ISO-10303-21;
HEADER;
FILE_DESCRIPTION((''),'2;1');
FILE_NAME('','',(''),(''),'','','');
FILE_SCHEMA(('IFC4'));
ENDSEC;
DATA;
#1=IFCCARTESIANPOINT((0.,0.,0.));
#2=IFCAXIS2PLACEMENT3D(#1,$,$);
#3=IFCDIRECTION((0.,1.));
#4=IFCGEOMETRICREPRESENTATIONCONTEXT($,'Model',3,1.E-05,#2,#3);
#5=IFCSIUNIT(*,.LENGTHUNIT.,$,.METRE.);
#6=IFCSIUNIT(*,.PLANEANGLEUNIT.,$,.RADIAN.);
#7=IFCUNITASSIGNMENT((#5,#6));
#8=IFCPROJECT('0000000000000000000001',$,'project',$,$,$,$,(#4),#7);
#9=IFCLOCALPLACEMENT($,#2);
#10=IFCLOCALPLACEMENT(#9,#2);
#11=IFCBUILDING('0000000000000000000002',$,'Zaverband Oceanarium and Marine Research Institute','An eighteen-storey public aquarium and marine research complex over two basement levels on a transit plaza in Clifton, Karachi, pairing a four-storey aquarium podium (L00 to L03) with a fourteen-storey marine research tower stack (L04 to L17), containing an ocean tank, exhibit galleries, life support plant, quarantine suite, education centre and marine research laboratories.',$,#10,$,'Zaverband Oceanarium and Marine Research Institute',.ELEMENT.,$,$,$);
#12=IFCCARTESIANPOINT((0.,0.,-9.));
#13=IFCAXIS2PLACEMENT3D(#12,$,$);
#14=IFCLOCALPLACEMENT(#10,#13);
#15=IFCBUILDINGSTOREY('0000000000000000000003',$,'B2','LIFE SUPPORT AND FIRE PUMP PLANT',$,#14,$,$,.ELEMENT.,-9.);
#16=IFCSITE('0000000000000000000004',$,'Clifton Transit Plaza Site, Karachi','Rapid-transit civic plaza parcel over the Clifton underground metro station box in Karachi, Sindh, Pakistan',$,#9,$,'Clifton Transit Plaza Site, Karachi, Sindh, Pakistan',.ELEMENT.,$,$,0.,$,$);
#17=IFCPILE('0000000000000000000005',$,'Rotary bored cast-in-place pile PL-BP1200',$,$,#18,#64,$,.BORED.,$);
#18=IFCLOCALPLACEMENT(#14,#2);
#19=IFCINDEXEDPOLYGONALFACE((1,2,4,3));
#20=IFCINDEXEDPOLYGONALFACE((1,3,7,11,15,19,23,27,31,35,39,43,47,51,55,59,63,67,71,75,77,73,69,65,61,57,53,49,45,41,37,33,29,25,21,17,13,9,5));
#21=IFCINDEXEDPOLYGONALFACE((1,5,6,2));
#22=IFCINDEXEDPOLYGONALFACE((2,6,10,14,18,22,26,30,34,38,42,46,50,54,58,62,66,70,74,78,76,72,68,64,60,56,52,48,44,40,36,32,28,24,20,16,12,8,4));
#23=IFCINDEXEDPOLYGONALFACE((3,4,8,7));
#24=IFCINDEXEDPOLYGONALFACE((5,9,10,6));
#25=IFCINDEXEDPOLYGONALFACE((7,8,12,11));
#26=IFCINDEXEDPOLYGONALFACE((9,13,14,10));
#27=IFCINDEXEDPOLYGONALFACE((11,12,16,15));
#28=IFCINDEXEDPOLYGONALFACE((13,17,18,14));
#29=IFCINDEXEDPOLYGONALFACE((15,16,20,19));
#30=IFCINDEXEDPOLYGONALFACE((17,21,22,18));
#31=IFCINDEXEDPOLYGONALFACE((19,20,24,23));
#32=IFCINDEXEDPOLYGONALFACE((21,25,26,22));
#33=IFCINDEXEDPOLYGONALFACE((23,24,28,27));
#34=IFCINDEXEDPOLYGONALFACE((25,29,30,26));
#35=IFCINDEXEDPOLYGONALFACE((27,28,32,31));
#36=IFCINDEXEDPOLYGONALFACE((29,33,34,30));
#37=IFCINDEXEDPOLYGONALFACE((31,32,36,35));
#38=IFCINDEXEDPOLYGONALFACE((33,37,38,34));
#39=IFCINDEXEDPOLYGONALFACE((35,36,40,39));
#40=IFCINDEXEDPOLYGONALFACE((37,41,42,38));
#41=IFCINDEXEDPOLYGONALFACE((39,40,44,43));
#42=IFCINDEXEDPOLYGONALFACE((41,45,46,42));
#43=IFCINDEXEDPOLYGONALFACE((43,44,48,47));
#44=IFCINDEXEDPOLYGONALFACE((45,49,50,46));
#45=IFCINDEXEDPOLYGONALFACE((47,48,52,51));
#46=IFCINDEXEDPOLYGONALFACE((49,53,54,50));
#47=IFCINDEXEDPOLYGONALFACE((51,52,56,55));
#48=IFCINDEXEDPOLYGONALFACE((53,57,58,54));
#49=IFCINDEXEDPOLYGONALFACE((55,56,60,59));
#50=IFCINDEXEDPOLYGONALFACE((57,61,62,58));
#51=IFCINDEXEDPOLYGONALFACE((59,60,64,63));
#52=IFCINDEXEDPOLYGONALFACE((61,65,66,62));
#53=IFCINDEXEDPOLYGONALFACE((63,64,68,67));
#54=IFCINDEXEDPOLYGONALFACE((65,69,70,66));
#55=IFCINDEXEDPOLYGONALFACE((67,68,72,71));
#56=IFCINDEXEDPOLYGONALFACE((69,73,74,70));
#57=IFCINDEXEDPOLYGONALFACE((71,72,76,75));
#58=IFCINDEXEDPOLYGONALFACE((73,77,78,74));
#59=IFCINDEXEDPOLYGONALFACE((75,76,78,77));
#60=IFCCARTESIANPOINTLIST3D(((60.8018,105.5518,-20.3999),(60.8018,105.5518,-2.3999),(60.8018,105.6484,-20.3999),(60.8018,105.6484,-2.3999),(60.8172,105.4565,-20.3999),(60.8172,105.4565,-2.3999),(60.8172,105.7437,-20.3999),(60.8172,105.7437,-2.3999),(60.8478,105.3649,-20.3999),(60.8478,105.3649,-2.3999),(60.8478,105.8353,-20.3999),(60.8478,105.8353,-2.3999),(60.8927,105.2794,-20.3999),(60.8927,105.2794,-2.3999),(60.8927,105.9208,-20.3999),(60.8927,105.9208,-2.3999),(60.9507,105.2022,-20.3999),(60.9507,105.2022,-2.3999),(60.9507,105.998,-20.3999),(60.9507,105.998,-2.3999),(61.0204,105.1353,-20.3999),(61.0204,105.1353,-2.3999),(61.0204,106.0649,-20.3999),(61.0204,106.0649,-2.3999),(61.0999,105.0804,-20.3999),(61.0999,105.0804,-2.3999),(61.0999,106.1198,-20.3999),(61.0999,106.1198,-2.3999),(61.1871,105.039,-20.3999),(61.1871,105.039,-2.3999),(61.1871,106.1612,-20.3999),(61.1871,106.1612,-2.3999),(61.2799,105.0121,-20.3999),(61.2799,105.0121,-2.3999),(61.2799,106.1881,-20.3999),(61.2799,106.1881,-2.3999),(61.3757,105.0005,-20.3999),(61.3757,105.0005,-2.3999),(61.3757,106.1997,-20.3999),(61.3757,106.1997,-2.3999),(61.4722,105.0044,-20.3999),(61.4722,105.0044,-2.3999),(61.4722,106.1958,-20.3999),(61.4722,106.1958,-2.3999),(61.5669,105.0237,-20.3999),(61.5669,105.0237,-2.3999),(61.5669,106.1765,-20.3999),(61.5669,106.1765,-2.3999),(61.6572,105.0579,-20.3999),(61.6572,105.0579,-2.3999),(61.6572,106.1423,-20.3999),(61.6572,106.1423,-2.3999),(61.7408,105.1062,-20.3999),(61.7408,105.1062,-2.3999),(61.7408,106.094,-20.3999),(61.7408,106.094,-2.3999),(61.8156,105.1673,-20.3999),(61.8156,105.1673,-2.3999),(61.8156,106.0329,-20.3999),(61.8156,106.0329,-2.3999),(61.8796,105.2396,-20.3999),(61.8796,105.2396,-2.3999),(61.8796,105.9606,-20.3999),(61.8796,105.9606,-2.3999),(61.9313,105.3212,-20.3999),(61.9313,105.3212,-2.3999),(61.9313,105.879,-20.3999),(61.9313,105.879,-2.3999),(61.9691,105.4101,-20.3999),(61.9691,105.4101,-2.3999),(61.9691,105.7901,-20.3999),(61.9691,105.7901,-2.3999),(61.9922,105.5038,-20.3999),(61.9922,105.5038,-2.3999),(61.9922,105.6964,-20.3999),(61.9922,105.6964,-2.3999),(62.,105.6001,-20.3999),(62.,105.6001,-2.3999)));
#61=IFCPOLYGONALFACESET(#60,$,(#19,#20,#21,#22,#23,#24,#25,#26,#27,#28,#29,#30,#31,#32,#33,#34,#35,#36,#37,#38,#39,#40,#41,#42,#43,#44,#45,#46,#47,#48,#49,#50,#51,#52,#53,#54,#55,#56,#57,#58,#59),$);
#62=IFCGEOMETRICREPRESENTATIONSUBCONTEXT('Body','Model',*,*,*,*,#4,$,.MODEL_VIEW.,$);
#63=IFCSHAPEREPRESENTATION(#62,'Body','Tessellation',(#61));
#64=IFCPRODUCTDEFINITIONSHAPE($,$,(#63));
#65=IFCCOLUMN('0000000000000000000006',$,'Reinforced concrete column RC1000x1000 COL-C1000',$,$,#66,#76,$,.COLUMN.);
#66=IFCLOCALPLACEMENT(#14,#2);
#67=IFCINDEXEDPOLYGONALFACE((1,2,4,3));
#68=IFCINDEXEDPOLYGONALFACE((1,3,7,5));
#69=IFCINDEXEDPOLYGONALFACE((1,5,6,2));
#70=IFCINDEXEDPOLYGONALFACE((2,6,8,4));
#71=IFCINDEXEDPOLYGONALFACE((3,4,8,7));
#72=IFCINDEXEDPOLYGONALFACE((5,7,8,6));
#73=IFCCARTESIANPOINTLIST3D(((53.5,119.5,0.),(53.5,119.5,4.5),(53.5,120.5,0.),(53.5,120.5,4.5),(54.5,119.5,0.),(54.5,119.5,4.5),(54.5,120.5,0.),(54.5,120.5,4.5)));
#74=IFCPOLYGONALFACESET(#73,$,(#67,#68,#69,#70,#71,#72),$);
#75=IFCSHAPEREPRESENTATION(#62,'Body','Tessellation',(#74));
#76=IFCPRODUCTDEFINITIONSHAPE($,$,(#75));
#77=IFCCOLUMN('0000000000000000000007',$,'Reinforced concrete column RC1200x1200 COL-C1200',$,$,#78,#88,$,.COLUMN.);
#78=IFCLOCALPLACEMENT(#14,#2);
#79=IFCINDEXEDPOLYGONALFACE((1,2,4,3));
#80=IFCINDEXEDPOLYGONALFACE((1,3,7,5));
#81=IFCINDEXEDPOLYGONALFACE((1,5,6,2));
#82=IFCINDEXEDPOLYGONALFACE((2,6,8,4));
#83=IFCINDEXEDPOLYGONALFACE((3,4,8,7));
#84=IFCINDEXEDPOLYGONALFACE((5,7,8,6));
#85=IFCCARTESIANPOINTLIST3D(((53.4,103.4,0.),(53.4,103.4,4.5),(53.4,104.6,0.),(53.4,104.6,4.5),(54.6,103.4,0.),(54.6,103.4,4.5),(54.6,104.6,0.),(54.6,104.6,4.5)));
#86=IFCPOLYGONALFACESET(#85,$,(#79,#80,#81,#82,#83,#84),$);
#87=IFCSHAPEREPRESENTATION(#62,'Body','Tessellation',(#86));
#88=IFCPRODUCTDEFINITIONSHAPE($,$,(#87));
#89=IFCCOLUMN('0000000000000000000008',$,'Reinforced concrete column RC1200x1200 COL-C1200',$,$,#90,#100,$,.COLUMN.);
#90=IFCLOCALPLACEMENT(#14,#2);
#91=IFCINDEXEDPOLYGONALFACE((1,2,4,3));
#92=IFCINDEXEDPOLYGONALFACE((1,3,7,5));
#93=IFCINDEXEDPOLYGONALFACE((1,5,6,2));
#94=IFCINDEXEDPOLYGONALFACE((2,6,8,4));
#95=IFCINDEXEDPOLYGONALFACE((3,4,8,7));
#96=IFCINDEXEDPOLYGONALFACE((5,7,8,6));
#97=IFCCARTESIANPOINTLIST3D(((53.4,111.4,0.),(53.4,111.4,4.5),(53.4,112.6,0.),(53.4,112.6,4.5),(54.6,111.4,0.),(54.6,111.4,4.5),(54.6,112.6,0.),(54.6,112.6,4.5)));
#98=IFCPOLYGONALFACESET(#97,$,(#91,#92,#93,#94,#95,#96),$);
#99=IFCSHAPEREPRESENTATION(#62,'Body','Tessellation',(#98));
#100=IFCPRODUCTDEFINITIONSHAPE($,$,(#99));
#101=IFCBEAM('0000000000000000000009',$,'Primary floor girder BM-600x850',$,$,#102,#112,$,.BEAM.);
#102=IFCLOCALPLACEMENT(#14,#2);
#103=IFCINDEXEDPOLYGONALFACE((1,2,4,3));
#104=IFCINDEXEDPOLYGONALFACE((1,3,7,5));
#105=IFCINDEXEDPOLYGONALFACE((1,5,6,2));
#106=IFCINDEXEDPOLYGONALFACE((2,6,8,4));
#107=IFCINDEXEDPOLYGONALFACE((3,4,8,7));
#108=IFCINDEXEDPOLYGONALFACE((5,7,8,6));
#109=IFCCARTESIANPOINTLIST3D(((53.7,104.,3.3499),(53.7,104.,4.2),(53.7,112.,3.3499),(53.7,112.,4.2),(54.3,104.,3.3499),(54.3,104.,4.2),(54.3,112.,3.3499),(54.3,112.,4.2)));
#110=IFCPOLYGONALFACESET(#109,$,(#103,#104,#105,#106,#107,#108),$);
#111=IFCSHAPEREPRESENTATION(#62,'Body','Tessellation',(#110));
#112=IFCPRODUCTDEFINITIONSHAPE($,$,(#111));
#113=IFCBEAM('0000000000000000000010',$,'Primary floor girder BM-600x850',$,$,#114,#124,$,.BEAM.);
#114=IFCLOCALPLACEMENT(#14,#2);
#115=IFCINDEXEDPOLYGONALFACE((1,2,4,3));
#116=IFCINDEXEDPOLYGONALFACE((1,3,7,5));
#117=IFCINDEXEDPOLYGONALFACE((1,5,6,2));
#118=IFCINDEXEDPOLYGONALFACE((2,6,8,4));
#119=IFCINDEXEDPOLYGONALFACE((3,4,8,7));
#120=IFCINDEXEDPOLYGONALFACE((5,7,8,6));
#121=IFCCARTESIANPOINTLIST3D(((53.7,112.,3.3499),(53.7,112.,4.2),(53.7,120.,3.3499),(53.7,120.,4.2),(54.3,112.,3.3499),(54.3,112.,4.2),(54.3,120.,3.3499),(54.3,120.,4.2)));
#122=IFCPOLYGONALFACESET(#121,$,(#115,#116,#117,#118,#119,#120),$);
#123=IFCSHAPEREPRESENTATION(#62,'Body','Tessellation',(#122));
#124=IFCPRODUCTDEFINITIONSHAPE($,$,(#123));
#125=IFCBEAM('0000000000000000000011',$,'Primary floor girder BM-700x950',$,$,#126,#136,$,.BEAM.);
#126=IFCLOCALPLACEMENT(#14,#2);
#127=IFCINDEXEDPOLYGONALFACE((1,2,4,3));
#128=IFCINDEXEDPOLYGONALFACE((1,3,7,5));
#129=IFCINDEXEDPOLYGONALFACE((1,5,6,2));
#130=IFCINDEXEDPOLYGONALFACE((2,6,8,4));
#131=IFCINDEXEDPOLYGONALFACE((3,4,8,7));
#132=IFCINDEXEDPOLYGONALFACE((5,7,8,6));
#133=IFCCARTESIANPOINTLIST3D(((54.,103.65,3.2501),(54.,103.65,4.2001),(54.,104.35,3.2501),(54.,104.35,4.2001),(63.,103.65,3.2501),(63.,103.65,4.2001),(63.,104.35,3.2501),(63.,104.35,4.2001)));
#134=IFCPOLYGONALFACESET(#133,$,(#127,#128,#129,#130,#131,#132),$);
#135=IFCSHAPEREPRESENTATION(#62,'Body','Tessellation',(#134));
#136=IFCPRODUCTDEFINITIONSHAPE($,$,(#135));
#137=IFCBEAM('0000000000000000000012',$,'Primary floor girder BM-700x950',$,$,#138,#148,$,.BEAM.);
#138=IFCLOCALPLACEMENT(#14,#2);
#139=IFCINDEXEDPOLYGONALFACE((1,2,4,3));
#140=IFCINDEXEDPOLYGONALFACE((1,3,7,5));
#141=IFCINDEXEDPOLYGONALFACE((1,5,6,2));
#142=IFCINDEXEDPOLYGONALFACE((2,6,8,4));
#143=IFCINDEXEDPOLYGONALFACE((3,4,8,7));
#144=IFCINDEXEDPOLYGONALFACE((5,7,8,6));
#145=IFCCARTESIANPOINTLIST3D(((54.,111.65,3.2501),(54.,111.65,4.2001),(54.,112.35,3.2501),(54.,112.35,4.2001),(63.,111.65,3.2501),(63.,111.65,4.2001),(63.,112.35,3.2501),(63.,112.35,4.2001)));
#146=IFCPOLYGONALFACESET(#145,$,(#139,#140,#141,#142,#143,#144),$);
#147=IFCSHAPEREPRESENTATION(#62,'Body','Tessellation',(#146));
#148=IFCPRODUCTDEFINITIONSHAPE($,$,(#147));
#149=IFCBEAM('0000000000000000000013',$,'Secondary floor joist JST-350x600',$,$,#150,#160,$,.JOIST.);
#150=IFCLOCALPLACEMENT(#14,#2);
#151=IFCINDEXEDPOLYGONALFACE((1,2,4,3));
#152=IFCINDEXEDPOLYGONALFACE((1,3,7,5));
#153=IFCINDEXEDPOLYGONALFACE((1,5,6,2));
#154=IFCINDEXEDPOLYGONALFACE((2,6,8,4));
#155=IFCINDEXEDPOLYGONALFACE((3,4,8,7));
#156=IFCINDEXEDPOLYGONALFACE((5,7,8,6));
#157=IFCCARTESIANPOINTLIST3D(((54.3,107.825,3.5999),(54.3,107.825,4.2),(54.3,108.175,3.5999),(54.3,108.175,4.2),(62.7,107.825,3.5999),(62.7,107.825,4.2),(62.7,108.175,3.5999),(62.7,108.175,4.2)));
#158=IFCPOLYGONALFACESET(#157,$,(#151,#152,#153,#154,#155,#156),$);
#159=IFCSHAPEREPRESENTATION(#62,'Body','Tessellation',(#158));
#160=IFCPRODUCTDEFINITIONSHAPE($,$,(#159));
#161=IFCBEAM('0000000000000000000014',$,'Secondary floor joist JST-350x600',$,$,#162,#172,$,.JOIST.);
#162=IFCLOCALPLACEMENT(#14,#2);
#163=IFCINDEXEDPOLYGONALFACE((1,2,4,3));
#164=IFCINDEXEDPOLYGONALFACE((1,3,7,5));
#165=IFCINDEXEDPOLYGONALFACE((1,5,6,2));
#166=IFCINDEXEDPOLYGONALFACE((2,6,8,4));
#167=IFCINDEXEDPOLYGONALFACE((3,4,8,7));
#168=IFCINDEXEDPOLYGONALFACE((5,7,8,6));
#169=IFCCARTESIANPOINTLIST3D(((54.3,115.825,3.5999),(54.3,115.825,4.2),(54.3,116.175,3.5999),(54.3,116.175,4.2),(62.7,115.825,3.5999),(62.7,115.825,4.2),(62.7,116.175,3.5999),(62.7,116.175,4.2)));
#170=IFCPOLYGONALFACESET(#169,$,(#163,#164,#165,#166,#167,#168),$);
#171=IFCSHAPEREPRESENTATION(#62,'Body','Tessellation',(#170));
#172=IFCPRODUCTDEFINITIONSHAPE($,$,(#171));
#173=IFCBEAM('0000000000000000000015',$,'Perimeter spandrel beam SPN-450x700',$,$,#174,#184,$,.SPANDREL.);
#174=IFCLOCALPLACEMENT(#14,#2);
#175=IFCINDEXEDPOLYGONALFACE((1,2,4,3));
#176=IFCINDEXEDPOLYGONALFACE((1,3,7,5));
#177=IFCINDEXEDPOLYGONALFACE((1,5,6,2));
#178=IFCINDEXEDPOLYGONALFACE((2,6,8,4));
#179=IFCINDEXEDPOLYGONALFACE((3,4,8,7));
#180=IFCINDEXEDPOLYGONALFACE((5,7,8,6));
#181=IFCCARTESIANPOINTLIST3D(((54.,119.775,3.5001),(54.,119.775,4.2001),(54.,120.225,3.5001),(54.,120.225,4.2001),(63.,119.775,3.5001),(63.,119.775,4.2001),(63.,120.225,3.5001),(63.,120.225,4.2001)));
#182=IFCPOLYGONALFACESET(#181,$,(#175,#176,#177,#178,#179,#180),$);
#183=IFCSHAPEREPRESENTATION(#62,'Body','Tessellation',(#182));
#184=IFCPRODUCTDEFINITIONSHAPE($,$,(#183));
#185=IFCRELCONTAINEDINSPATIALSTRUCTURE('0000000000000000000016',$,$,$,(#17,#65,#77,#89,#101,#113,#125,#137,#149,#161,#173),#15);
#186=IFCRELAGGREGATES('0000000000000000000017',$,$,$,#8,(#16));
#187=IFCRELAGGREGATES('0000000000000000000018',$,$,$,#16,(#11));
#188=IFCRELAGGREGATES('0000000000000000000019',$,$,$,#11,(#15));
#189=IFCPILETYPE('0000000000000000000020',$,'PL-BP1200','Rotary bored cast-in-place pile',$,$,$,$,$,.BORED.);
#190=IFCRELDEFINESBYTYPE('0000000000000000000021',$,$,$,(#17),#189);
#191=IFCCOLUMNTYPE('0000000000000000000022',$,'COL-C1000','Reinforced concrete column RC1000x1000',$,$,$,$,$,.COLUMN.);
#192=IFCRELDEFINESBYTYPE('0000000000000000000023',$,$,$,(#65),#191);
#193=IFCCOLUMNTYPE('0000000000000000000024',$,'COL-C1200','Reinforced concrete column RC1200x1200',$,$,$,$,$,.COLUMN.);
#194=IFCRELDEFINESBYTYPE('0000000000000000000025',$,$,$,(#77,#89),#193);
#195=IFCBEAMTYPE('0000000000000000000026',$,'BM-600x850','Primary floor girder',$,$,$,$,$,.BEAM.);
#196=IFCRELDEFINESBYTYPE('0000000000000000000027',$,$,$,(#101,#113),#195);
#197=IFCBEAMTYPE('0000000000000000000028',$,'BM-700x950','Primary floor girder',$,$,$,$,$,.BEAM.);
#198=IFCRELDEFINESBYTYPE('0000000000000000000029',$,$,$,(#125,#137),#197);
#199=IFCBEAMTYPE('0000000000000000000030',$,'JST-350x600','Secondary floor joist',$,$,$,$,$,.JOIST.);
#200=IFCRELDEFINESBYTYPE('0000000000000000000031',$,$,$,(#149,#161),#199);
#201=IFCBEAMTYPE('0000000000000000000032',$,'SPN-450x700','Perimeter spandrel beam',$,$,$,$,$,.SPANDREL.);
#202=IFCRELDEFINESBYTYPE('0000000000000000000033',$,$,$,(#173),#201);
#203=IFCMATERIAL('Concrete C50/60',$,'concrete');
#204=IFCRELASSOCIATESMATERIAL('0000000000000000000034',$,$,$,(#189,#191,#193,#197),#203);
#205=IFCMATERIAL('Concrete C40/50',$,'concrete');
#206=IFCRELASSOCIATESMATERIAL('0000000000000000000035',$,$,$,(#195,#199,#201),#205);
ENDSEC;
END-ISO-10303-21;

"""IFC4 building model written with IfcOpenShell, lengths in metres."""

from ifc_helpers import new_model, si_unit, direction, frame, origin, origin_2d, place, context, subcontext, project, spatial, rectangle, circle, extrude, material, material_profile, profile_set, type_object, element, save


model = new_model("IFC4")

# Units and contexts
model_context = context("Model", 3, precision=1e-05, world=origin(), true_north=direction((0.0, 1.0)))
body_context = subcontext(model_context, "Body", "Model", "MODEL_VIEW")
ifc_project = project(units=[si_unit("LENGTHUNIT", "METRE"), si_unit("PLANEANGLEUNIT", "RADIAN")], contexts=[model_context])

# Site, building, storey
site_placement = place(None, origin())
site = spatial("IfcSite", under=ifc_project, at=site_placement, Name="Clifton Transit Plaza Site, Karachi", Description="Rapid-transit civic plaza parcel over the Clifton underground metro station box in Karachi, Sindh, Pakistan", LongName="Clifton Transit Plaza Site, Karachi, Sindh, Pakistan", CompositionType="ELEMENT", RefElevation=0.0)
building_placement = place(site_placement, origin())
building = spatial("IfcBuilding", under=site, at=building_placement, Name="Zaverband Oceanarium and Marine Research Institute", Description="An eighteen-storey public aquarium and marine research complex over two basement levels on a transit plaza in Clifton, Karachi, pairing a four-storey aquarium podium (L00 to L03) with a fourteen-storey marine research tower stack (L04 to L17), containing an ocean tank, exhibit galleries, life support plant, quarantine suite, education centre and marine research laboratories.", LongName="Zaverband Oceanarium and Marine Research Institute", CompositionType="ELEMENT")
storey_placement = place(building_placement, frame((0.0, 0.0, -9.0)))
storey = spatial("IfcBuildingStorey", under=building, at=storey_placement, Name="B2", Description="LIFE SUPPORT AND FIRE PUMP PLANT", CompositionType="ELEMENT", Elevation=-9.0)

# Shared definitions
ifc_material_1 = material(Name="Concrete C50/60", Category="concrete")

# Pile
ifc_material_profile_1 = material_profile(ifc_material_1, circle(Radius=0.6001, at=origin_2d()), Name="BP1200")
ifc_profile_set_1 = profile_set([ifc_material_profile_1], Name="Concrete C50/60")
pile_type = type_object("IfcPileType", Name="PL-BP1200", Description="Rotary bored cast-in-place pile", PredefinedType="BORED", material=ifc_profile_set_1)
for number, where, z_axis, x_axis, name in (
    (1, (61.3999, 105.6001, -2.3999), (0.0, 0.0, -1.0), (1.0, 0.0, 0.0), "Rotary bored cast-in-place pile PL-BP1200"),
):
    element("IfcPile", number, at=place(storey_placement, frame(where, z_axis=z_axis, x_axis=x_axis)), inside=storey, type_object=pile_type, Name=name, PredefinedType="BORED", context=body_context, shape_type="SweptSolid", body=[
        extrude(circle(Radius=0.6001, at=origin_2d()), origin(), (0.0, 0.0, 1.0), 18.0),
    ])

# Columns
ifc_material_profile_2 = material_profile(ifc_material_1, rectangle(XDim=1.0, YDim=1.0, at=origin_2d()), Name="RC1000x1000")
ifc_profile_set_2 = profile_set([ifc_material_profile_2], Name="Concrete C50/60")
column_type_1 = type_object("IfcColumnType", Name="COL-C1000", Description="Reinforced concrete column RC1000x1000", PredefinedType="COLUMN", material=ifc_profile_set_2)
column_placement = place(storey_placement, frame((54.0, 120.0, 0.0), z_axis=(0.0, 0.0, 1.0), x_axis=(1.0, 0.0, 0.0)))
element("IfcColumn", 2, at=column_placement, inside=storey, type_object=column_type_1, Name="Reinforced concrete column RC1000x1000 COL-C1000", PredefinedType="COLUMN", context=body_context, shape_type="SweptSolid", body=[
    extrude(rectangle(XDim=1.0, YDim=1.0, at=origin_2d()), origin(), (0.0, 0.0, 1.0), 4.5),
])
ifc_material_profile_3 = material_profile(ifc_material_1, rectangle(XDim=1.2, YDim=1.2, at=origin_2d()), Name="RC1200x1200")
ifc_profile_set_3 = profile_set([ifc_material_profile_3], Name="Concrete C50/60")
column_type_2 = type_object("IfcColumnType", Name="COL-C1200", Description="Reinforced concrete column RC1200x1200", PredefinedType="COLUMN", material=ifc_profile_set_3)
for number, where, z_axis, x_axis, name in (
    (3, (54.0, 104.0, 0.0), (0.0, 0.0, 1.0), (1.0, 0.0, 0.0), "Reinforced concrete column RC1200x1200 COL-C1200"),
    (4, (54.0, 112.0, 0.0), (0.0, 0.0, 1.0), (1.0, 0.0, 0.0), "Reinforced concrete column RC1200x1200 COL-C1200"),
):
    element("IfcColumn", number, at=place(storey_placement, frame(where, z_axis=z_axis, x_axis=x_axis)), inside=storey, type_object=column_type_2, Name=name, PredefinedType="COLUMN", context=body_context, shape_type="SweptSolid", body=[
        extrude(rectangle(XDim=1.2, YDim=1.2, at=origin_2d()), origin(), (0.0, 0.0, 1.0), 4.5),
    ])

# Beams
ifc_material_2 = material(Name="Concrete C40/50", Category="concrete")
ifc_material_profile_4 = material_profile(ifc_material_2, rectangle(XDim=0.6001, YDim=0.8501, at=origin_2d()), Name="RC600x850")
ifc_profile_set_4 = profile_set([ifc_material_profile_4], Name="Concrete C40/50")
beam_type_1 = type_object("IfcBeamType", Name="BM-600x850", Description="Primary floor girder", PredefinedType="BEAM", material=ifc_profile_set_4)
for number, where, z_axis, x_axis, name in (
    (5, (54.0, 104.0, 3.7749), (0.0, 1.0, 0.0), (-1.0, 0.0, 0.0), "Primary floor girder BM-600x850"),
    (6, (54.0, 112.0, 3.7749), (0.0, 1.0, 0.0), (-1.0, 0.0, 0.0), "Primary floor girder BM-600x850"),
):
    element("IfcBeam", number, at=place(storey_placement, frame(where, z_axis=z_axis, x_axis=x_axis)), inside=storey, type_object=beam_type_1, Name=name, PredefinedType="BEAM", context=body_context, shape_type="SweptSolid", body=[
        extrude(rectangle(XDim=0.6001, YDim=0.8501, at=origin_2d()), origin(), (0.0, 0.0, 1.0), 8.0),
    ])
ifc_material_profile_5 = material_profile(ifc_material_1, rectangle(XDim=0.7, YDim=0.95, at=origin_2d()), Name="RC700x950")
ifc_profile_set_5 = profile_set([ifc_material_profile_5], Name="Concrete C50/60")
beam_type_2 = type_object("IfcBeamType", Name="BM-700x950", Description="Primary floor girder", PredefinedType="BEAM", material=ifc_profile_set_5)
for number, where, z_axis, x_axis, name in (
    (7, (54.0, 104.0, 3.7251), (1.0, 0.0, 0.0), (0.0, 1.0, 0.0), "Primary floor girder BM-700x950"),
    (8, (54.0, 112.0, 3.7251), (1.0, 0.0, 0.0), (0.0, 1.0, 0.0), "Primary floor girder BM-700x950"),
):
    element("IfcBeam", number, at=place(storey_placement, frame(where, z_axis=z_axis, x_axis=x_axis)), inside=storey, type_object=beam_type_2, Name=name, PredefinedType="BEAM", context=body_context, shape_type="SweptSolid", body=[
        extrude(rectangle(XDim=0.7, YDim=0.95, at=origin_2d()), origin(), (0.0, 0.0, 1.0), 9.0),
    ])
ifc_material_profile_6 = material_profile(ifc_material_2, rectangle(XDim=0.3501, YDim=0.6001, at=origin_2d()), Name="RC350x600")
ifc_profile_set_6 = profile_set([ifc_material_profile_6], Name="Concrete C40/50")
beam_type_3 = type_object("IfcBeamType", Name="JST-350x600", Description="Secondary floor joist", PredefinedType="JOIST", material=ifc_profile_set_6)
for number, where, z_axis, x_axis, name in (
    (9, (54.3, 108.0, 3.8999), (1.0, 0.0, 0.0), (0.0, 1.0, 0.0), "Secondary floor joist JST-350x600"),
    (10, (54.3, 116.0, 3.8999), (1.0, 0.0, 0.0), (0.0, 1.0, 0.0), "Secondary floor joist JST-350x600"),
):
    element("IfcBeam", number, at=place(storey_placement, frame(where, z_axis=z_axis, x_axis=x_axis)), inside=storey, type_object=beam_type_3, Name=name, PredefinedType="JOIST", context=body_context, shape_type="SweptSolid", body=[
        extrude(rectangle(XDim=0.3501, YDim=0.6001, at=origin_2d()), origin(), (0.0, 0.0, 1.0), 8.3999),
    ])
ifc_material_profile_7 = material_profile(ifc_material_2, rectangle(XDim=0.45, YDim=0.7, at=origin_2d()), Name="RC450x700")
ifc_profile_set_7 = profile_set([ifc_material_profile_7], Name="Concrete C40/50")
beam_type_4 = type_object("IfcBeamType", Name="SPN-450x700", Description="Perimeter spandrel beam", PredefinedType="SPANDREL", material=ifc_profile_set_7)
beam_placement = place(storey_placement, frame((54.0, 120.0, 3.8501), z_axis=(1.0, 0.0, 0.0), x_axis=(0.0, 1.0, 0.0)))
element("IfcBeam", 11, at=beam_placement, inside=storey, type_object=beam_type_4, Name="Perimeter spandrel beam SPN-450x700", PredefinedType="SPANDREL", context=body_context, shape_type="SweptSolid", body=[
    extrude(rectangle(XDim=0.45, YDim=0.7, at=origin_2d()), origin(), (0.0, 0.0, 1.0), 9.0),
])

save(model, "model.ifc")
